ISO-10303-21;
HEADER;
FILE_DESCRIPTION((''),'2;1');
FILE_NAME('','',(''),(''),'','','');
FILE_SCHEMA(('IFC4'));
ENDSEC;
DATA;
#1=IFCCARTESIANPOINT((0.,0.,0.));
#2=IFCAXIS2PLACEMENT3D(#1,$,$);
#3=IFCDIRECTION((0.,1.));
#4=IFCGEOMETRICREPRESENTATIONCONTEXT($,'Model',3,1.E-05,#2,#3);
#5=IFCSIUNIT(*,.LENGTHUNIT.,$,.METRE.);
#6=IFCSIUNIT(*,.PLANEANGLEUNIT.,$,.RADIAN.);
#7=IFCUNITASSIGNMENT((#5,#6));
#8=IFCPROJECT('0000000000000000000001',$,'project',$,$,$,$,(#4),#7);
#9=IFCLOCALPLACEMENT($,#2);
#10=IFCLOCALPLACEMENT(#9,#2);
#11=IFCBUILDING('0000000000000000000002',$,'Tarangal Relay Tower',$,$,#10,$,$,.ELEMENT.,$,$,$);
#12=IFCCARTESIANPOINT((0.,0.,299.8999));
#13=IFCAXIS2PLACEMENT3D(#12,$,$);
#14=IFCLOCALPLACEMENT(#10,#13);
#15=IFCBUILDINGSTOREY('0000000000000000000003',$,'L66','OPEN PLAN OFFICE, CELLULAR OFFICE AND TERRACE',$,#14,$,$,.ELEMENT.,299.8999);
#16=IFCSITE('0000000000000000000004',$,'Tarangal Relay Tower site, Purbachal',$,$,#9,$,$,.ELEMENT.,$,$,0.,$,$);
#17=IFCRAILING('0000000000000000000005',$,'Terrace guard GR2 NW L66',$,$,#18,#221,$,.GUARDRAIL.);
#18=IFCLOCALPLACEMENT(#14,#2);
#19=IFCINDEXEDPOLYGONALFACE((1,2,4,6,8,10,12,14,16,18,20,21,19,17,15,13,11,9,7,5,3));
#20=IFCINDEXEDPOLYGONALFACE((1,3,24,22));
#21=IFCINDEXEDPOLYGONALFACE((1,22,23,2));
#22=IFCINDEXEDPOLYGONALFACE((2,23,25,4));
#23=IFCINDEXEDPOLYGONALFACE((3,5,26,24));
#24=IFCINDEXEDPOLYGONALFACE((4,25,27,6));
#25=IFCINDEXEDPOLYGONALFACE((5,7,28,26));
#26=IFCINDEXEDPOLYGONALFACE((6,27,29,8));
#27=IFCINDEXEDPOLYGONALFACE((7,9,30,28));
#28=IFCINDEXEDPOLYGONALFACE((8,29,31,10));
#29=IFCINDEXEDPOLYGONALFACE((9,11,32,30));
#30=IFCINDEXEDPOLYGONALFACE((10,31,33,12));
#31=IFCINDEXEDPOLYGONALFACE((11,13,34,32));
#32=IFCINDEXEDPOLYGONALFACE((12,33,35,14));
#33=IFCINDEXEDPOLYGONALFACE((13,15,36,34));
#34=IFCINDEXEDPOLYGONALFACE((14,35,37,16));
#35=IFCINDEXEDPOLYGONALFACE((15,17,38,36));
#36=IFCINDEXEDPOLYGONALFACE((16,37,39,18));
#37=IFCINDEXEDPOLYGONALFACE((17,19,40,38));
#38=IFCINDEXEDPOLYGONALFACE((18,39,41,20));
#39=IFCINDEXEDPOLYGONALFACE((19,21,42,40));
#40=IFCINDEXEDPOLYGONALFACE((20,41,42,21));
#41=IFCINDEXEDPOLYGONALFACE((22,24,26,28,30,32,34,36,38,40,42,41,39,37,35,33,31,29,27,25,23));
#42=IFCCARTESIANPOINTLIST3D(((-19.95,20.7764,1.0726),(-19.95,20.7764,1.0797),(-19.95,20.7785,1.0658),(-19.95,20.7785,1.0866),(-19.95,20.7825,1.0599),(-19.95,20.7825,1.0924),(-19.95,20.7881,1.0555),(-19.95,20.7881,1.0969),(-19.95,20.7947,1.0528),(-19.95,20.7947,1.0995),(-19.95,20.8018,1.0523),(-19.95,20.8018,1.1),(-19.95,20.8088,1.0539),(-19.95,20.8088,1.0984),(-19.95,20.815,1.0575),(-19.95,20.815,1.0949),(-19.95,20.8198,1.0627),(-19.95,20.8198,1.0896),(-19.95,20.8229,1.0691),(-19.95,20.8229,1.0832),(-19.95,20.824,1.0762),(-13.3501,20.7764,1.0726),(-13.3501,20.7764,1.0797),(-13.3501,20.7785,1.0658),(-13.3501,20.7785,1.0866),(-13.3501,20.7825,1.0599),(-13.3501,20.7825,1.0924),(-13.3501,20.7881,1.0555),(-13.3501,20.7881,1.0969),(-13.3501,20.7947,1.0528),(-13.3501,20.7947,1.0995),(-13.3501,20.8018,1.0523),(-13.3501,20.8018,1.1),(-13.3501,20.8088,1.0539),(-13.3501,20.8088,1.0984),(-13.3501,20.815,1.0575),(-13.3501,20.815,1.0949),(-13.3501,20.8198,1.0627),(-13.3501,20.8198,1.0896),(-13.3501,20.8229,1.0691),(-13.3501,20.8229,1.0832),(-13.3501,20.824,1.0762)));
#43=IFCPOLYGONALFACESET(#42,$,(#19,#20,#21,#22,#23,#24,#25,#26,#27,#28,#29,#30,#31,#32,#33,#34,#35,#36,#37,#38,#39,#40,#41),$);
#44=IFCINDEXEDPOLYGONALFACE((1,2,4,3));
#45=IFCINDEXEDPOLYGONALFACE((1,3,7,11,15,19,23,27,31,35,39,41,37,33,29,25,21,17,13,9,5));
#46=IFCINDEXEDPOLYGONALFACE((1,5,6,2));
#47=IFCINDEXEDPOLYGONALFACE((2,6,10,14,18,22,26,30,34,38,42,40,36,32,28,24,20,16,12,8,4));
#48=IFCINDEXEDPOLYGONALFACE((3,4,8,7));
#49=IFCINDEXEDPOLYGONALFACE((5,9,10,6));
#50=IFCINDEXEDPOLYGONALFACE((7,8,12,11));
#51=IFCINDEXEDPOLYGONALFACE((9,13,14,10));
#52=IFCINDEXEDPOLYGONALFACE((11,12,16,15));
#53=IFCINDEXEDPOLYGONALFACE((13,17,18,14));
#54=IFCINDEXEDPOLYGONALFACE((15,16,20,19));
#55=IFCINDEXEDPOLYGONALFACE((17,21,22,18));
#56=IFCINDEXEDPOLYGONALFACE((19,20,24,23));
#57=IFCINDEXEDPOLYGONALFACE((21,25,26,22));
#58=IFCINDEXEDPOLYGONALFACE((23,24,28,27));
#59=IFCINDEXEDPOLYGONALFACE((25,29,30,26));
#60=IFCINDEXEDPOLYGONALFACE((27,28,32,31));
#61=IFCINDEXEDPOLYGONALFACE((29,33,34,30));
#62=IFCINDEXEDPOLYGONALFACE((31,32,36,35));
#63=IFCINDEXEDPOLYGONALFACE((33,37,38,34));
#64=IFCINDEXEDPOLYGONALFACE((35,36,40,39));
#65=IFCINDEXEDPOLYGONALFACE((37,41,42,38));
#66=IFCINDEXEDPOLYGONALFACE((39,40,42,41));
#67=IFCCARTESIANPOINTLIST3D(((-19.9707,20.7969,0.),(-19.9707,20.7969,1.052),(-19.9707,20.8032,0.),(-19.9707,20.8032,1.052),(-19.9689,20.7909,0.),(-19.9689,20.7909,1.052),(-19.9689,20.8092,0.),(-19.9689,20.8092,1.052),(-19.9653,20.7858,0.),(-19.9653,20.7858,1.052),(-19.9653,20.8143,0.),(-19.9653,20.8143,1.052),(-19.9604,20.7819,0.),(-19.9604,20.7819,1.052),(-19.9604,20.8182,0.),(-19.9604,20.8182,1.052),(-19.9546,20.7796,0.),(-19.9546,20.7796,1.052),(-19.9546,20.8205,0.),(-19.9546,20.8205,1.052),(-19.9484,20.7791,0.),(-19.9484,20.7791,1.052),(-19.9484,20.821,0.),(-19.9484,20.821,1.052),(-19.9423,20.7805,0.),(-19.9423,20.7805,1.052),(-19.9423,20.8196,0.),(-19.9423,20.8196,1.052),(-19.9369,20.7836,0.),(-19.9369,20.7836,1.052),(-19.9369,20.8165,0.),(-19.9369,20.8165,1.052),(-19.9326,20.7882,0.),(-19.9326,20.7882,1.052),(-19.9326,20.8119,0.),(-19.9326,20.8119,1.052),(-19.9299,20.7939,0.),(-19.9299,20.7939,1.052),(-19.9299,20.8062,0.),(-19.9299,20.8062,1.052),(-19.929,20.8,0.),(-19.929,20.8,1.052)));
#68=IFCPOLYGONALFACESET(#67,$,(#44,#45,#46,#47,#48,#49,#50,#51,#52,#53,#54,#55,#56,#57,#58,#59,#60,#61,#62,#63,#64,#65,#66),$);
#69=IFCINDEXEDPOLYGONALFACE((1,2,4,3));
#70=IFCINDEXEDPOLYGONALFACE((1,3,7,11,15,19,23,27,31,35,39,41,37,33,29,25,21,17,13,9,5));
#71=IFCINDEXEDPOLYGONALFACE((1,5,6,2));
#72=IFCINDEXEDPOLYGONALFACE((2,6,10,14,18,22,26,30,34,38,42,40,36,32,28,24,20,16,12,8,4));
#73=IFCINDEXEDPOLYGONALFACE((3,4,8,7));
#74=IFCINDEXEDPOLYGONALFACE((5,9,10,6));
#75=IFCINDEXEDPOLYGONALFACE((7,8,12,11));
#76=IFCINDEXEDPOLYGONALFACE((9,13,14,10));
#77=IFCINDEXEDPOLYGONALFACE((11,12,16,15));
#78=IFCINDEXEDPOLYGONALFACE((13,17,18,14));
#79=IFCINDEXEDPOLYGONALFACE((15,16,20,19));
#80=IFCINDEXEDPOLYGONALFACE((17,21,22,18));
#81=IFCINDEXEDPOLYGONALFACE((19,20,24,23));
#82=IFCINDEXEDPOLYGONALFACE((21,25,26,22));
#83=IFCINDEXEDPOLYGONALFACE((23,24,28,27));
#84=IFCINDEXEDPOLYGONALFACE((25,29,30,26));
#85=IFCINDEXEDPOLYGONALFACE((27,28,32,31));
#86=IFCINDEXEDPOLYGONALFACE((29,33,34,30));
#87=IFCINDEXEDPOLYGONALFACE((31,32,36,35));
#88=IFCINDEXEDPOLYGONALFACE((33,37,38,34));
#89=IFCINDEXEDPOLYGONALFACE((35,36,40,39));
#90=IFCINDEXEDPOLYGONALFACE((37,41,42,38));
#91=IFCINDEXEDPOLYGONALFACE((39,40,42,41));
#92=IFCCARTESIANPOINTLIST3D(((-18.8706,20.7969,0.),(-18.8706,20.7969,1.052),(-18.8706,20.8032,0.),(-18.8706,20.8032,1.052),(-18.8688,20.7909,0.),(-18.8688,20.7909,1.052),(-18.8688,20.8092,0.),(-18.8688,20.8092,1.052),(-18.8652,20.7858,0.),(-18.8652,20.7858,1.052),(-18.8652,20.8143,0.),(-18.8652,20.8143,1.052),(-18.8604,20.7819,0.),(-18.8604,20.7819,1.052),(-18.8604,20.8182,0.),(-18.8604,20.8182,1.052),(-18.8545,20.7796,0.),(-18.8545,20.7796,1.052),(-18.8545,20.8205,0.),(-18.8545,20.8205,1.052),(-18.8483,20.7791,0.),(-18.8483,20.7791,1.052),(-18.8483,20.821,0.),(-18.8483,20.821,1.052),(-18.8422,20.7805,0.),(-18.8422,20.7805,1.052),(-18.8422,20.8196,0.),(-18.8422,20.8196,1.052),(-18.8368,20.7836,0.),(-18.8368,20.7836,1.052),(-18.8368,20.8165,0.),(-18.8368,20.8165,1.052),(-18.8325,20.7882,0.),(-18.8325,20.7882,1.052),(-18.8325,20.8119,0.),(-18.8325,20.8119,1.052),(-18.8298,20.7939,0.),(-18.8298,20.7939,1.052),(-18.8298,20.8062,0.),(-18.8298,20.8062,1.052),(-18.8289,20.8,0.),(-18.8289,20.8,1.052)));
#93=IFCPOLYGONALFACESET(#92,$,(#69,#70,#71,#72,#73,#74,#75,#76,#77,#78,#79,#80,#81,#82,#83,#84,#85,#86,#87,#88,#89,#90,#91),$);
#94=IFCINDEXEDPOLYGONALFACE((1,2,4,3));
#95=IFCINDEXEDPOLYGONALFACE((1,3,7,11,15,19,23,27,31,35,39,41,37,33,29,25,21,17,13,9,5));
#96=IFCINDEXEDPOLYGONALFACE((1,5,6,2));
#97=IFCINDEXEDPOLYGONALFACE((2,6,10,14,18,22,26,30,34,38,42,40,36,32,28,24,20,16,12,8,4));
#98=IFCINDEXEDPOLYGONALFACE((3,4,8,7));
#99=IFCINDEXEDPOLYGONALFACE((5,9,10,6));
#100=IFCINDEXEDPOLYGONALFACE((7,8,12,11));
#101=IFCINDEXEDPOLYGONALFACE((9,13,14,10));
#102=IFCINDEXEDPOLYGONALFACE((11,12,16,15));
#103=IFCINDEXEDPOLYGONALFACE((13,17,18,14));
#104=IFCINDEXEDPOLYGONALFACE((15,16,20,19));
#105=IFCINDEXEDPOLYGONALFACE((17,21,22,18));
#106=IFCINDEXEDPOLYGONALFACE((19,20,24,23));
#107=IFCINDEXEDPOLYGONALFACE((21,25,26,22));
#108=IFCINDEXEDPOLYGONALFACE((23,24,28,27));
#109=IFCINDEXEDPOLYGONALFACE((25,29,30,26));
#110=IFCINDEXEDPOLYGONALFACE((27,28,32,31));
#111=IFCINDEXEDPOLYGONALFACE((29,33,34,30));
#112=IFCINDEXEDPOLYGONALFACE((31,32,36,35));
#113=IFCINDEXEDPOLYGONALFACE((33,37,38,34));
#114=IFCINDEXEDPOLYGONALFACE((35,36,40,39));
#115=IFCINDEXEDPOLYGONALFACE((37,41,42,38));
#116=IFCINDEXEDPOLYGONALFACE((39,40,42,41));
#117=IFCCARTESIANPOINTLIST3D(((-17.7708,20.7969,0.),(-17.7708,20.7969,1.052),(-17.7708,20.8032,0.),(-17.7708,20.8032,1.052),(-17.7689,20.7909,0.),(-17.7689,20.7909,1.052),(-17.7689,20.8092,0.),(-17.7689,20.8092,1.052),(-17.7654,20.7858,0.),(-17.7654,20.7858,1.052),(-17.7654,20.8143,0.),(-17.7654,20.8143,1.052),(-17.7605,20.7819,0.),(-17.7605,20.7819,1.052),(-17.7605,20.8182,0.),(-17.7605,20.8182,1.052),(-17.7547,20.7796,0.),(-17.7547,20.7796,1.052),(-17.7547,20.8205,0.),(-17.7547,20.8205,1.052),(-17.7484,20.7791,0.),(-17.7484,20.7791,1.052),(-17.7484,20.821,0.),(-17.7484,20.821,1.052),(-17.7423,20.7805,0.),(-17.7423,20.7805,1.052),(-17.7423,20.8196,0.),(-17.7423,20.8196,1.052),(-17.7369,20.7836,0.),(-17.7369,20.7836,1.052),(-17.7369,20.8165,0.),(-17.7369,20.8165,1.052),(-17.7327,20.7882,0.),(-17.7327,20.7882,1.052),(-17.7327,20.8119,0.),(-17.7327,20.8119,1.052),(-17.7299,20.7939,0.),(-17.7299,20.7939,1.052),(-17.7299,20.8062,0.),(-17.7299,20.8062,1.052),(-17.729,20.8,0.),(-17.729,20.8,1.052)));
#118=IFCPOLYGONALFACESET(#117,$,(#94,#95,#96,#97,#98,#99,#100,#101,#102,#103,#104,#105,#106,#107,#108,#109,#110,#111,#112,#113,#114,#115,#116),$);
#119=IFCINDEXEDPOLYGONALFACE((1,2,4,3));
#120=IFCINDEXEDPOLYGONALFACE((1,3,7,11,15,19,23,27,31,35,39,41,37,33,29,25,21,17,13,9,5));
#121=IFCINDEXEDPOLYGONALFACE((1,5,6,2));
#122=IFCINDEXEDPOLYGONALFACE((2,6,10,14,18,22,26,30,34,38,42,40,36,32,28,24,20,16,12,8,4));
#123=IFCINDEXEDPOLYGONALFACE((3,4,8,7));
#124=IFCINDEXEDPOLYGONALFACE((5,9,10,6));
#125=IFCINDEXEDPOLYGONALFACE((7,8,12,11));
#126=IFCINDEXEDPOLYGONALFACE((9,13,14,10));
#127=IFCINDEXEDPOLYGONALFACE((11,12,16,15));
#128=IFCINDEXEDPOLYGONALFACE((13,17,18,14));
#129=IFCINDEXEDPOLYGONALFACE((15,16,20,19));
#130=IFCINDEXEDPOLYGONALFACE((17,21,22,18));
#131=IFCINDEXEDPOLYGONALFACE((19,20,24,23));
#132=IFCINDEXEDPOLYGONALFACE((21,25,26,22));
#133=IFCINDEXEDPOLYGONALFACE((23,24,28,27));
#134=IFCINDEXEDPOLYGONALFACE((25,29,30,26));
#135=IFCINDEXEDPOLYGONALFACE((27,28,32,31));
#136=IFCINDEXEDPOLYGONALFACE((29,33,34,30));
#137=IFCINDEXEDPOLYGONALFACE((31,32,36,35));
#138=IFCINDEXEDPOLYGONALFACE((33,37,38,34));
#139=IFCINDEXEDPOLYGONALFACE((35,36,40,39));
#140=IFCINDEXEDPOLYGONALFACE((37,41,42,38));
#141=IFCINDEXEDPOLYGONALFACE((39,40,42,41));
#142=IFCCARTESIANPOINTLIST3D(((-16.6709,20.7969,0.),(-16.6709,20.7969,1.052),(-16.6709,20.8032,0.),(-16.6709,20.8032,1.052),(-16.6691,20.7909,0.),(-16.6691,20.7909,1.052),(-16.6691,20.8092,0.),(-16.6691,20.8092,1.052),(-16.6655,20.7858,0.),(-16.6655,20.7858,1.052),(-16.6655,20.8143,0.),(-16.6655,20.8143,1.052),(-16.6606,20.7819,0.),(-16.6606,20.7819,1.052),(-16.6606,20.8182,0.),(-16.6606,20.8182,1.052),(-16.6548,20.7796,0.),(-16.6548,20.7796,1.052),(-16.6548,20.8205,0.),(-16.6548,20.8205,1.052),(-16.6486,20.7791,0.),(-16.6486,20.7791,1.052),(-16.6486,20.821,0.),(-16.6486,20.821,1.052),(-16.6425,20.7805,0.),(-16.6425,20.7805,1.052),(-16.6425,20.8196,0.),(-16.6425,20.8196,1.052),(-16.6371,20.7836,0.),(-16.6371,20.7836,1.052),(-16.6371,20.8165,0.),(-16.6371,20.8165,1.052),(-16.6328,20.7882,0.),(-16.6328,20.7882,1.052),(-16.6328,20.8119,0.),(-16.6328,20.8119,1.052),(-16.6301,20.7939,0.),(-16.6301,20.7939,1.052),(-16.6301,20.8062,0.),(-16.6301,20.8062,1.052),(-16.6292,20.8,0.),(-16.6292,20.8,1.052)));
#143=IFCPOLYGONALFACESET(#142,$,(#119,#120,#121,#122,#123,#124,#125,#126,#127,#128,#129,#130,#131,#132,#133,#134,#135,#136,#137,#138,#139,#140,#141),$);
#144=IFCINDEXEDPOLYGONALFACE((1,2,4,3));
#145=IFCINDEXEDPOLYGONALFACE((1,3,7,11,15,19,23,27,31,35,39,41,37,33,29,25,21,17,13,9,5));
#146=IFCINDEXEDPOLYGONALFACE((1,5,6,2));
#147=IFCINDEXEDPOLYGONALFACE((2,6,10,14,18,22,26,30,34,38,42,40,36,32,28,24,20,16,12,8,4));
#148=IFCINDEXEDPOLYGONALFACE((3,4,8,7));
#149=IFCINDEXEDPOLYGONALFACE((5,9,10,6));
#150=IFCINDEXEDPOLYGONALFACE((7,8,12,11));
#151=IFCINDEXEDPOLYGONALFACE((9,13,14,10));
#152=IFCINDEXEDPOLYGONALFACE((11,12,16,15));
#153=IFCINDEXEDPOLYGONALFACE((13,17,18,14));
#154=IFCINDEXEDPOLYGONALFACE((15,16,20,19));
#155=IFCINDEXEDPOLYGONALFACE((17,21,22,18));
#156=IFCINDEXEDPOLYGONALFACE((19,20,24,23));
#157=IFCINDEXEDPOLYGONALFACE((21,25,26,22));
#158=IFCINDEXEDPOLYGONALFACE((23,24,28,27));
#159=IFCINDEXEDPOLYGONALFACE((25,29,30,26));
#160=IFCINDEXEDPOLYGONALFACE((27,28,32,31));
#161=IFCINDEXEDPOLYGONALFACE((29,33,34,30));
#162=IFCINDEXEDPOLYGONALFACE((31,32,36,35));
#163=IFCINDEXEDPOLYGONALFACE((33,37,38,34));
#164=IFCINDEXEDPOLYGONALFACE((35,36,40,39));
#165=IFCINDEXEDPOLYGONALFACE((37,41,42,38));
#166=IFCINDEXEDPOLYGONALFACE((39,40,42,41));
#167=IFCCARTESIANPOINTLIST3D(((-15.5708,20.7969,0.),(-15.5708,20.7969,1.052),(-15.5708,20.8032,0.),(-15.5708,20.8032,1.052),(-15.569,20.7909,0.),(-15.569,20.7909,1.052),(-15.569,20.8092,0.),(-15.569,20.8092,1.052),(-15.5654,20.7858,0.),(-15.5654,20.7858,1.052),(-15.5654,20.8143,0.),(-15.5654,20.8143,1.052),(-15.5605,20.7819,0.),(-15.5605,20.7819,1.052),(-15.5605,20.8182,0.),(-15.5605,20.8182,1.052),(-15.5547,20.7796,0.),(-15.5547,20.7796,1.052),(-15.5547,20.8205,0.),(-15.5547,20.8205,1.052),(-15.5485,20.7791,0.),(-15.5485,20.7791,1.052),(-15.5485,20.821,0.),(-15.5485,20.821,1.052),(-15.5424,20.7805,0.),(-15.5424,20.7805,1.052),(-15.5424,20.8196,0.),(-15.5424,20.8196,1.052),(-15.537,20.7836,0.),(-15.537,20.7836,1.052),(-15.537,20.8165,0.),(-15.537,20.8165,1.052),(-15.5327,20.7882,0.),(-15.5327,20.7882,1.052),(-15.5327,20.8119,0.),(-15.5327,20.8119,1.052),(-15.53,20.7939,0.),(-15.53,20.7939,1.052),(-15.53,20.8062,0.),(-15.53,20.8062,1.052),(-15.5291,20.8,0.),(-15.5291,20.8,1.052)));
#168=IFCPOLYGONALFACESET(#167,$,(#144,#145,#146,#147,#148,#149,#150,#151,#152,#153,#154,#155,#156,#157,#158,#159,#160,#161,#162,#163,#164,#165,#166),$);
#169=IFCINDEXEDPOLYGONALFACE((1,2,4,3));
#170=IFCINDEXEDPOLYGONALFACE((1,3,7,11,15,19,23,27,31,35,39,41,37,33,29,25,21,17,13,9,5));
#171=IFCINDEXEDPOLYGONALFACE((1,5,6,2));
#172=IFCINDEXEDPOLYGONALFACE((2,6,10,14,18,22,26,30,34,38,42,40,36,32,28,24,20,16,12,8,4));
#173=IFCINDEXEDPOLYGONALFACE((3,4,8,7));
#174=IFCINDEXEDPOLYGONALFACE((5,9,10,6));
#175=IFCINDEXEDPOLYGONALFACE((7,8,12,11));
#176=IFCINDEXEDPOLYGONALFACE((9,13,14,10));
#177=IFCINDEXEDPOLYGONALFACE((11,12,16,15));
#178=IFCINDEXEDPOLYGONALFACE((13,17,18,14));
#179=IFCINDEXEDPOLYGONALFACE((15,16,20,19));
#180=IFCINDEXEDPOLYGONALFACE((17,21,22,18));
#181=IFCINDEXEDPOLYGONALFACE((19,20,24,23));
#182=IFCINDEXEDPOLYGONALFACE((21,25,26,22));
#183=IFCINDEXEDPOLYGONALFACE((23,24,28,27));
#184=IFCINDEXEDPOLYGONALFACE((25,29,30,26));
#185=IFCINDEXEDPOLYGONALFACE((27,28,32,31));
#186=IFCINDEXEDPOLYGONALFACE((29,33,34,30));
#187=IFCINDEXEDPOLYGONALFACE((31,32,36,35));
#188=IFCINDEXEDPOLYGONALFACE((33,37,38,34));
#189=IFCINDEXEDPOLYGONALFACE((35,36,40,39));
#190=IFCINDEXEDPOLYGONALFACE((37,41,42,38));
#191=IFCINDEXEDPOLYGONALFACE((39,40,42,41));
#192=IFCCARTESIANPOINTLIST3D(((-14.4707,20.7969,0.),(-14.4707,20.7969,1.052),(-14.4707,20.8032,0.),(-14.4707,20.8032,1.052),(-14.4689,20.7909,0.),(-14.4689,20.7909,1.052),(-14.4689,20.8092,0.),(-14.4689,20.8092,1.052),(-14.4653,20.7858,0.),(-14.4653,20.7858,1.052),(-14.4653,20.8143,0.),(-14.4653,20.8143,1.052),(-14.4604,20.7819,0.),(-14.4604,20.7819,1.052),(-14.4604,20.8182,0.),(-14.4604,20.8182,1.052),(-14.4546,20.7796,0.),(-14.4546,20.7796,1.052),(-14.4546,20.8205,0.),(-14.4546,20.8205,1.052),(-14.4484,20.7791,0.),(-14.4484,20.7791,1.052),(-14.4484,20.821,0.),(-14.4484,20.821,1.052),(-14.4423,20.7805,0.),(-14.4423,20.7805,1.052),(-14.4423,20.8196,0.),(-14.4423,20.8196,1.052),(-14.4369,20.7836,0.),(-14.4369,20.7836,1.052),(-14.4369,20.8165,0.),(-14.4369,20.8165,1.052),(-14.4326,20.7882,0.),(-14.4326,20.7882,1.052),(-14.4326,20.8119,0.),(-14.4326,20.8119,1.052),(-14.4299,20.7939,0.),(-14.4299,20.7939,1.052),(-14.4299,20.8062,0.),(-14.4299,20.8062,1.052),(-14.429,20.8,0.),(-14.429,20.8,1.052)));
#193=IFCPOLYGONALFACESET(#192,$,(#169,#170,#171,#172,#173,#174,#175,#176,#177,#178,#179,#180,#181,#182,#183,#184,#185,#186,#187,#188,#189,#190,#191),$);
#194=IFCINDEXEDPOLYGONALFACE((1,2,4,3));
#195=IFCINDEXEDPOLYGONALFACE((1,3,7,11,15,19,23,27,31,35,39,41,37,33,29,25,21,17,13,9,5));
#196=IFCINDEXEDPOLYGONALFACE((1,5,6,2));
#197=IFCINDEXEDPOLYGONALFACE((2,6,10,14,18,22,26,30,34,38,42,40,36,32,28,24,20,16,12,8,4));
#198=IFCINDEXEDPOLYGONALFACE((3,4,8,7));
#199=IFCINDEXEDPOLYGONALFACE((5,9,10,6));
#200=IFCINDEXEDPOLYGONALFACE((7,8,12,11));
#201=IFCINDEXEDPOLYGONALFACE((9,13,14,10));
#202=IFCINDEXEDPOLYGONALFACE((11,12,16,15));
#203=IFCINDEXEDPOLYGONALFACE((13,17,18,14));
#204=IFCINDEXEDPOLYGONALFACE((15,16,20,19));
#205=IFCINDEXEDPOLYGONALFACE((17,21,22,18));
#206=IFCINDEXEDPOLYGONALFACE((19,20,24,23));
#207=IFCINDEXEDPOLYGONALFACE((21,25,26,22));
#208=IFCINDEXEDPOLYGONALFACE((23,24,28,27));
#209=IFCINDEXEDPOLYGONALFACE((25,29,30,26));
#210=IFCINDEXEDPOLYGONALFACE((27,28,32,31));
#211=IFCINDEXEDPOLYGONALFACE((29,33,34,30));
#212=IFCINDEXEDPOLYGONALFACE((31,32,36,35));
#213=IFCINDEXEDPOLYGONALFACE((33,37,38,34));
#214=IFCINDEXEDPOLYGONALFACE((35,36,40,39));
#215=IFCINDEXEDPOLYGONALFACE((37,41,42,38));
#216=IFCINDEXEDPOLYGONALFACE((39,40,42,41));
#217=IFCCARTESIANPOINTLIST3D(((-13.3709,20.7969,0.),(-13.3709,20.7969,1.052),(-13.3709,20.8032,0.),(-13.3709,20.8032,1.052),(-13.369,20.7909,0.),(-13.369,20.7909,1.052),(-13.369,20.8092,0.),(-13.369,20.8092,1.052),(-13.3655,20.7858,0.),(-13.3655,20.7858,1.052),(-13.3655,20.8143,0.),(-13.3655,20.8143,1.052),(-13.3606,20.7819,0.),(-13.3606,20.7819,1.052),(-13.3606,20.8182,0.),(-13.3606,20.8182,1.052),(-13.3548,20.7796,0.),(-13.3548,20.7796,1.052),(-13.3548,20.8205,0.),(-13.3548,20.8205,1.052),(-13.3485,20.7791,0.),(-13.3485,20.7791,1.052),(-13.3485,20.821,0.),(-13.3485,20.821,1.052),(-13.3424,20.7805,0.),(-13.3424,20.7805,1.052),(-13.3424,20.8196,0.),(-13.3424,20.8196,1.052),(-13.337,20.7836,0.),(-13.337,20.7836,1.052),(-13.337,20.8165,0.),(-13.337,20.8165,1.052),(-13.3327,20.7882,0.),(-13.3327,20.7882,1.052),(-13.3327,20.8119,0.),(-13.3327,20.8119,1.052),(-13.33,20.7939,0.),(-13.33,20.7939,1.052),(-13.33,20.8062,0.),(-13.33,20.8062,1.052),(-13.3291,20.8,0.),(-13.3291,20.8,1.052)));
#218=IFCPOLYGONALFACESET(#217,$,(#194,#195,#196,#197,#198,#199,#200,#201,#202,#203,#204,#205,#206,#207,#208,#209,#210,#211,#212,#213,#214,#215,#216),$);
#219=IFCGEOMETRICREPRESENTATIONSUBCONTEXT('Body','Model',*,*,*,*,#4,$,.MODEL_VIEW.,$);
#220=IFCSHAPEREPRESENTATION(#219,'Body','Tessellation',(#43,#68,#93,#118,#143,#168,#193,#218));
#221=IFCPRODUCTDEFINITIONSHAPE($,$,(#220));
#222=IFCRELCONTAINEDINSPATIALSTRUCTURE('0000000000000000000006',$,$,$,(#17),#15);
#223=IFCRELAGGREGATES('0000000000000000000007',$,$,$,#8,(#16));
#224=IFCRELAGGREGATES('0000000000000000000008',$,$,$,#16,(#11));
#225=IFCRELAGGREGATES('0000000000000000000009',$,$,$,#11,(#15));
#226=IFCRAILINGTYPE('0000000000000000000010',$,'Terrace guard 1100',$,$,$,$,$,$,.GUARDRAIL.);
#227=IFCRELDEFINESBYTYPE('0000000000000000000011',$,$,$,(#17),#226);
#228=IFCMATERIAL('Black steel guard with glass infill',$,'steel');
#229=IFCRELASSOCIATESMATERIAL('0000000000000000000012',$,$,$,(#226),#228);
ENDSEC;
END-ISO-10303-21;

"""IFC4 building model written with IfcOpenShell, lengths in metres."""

from ifc_helpers import new_model, si_unit, direction, frame, origin, origin_2d, place, context, subcontext, project, spatial, circle, extrude, material, type_object, element, save


model = new_model("IFC4")

# Units and contexts
model_context = context("Model", 3, precision=1e-05, world=origin(), true_north=direction((0.0, 1.0)))
body_context = subcontext(model_context, "Body", "Model", "MODEL_VIEW")
ifc_project = project(units=[si_unit("LENGTHUNIT", "METRE"), si_unit("PLANEANGLEUNIT", "RADIAN")], contexts=[model_context])

# Site, building, storey
site_placement = place(None, origin())
site = spatial("IfcSite", under=ifc_project, at=site_placement, Name="Tarangal Relay Tower site, Purbachal", CompositionType="ELEMENT", RefElevation=0.0)
building_placement = place(site_placement, origin())
building = spatial("IfcBuilding", under=site, at=building_placement, Name="Tarangal Relay Tower", CompositionType="ELEMENT")
storey_placement = place(building_placement, frame((0.0, 0.0, 299.8999)))
storey = spatial("IfcBuildingStorey", under=building, at=storey_placement, Name="L66", Description="OPEN PLAN OFFICE, CELLULAR OFFICE AND TERRACE", CompositionType="ELEMENT", Elevation=299.8999)

# Railing
ifc_material_1 = material(Name="Black steel guard with glass infill", Category="steel")
railing_type = type_object("IfcRailingType", Name="Terrace guard 1100", PredefinedType="GUARDRAIL", material=ifc_material_1)
railing_1_placement = place(storey_placement, frame((-19.95, 20.8, 0.0)))
element("IfcRailing", 1, at=railing_1_placement, inside=storey, type_object=railing_type, Name="Terrace guard GR2 NW L66", PredefinedType="GUARDRAIL", context=body_context, shape_type="SweptSolid", body=[
    extrude(circle(Radius=0.0239, at=origin_2d()), frame((0.0, 0.0, 1.0762), z_axis=(1.0, 0.0, 0.0), x_axis=(0.0, 1.0, 0.0)), (0.0, 0.0, 1.0), 6.5999),
    extrude(circle(Radius=0.021, at=origin_2d()), origin(), (0.0, 0.0, 1.0), 1.052),
    extrude(circle(Radius=0.021, at=origin_2d()), frame((1.1001, 0.0, 0.0)), (0.0, 0.0, 1.0), 1.052),
    extrude(circle(Radius=0.021, at=origin_2d()), frame((2.2, 0.0, 0.0)), (0.0, 0.0, 1.0), 1.052),
    extrude(circle(Radius=0.021, at=origin_2d()), frame((3.2998, 0.0, 0.0)), (0.0, 0.0, 1.0), 1.052),
    extrude(circle(Radius=0.021, at=origin_2d()), frame((4.3999, 0.0, 0.0)), (0.0, 0.0, 1.0), 1.052),
    extrude(circle(Radius=0.021, at=origin_2d()), frame((5.5, 0.0, 0.0)), (0.0, 0.0, 1.0), 1.052),
    extrude(circle(Radius=0.021, at=origin_2d()), frame((6.5999, 0.0, 0.0)), (0.0, 0.0, 1.0), 1.052),
])

save(model, "model.ifc")
